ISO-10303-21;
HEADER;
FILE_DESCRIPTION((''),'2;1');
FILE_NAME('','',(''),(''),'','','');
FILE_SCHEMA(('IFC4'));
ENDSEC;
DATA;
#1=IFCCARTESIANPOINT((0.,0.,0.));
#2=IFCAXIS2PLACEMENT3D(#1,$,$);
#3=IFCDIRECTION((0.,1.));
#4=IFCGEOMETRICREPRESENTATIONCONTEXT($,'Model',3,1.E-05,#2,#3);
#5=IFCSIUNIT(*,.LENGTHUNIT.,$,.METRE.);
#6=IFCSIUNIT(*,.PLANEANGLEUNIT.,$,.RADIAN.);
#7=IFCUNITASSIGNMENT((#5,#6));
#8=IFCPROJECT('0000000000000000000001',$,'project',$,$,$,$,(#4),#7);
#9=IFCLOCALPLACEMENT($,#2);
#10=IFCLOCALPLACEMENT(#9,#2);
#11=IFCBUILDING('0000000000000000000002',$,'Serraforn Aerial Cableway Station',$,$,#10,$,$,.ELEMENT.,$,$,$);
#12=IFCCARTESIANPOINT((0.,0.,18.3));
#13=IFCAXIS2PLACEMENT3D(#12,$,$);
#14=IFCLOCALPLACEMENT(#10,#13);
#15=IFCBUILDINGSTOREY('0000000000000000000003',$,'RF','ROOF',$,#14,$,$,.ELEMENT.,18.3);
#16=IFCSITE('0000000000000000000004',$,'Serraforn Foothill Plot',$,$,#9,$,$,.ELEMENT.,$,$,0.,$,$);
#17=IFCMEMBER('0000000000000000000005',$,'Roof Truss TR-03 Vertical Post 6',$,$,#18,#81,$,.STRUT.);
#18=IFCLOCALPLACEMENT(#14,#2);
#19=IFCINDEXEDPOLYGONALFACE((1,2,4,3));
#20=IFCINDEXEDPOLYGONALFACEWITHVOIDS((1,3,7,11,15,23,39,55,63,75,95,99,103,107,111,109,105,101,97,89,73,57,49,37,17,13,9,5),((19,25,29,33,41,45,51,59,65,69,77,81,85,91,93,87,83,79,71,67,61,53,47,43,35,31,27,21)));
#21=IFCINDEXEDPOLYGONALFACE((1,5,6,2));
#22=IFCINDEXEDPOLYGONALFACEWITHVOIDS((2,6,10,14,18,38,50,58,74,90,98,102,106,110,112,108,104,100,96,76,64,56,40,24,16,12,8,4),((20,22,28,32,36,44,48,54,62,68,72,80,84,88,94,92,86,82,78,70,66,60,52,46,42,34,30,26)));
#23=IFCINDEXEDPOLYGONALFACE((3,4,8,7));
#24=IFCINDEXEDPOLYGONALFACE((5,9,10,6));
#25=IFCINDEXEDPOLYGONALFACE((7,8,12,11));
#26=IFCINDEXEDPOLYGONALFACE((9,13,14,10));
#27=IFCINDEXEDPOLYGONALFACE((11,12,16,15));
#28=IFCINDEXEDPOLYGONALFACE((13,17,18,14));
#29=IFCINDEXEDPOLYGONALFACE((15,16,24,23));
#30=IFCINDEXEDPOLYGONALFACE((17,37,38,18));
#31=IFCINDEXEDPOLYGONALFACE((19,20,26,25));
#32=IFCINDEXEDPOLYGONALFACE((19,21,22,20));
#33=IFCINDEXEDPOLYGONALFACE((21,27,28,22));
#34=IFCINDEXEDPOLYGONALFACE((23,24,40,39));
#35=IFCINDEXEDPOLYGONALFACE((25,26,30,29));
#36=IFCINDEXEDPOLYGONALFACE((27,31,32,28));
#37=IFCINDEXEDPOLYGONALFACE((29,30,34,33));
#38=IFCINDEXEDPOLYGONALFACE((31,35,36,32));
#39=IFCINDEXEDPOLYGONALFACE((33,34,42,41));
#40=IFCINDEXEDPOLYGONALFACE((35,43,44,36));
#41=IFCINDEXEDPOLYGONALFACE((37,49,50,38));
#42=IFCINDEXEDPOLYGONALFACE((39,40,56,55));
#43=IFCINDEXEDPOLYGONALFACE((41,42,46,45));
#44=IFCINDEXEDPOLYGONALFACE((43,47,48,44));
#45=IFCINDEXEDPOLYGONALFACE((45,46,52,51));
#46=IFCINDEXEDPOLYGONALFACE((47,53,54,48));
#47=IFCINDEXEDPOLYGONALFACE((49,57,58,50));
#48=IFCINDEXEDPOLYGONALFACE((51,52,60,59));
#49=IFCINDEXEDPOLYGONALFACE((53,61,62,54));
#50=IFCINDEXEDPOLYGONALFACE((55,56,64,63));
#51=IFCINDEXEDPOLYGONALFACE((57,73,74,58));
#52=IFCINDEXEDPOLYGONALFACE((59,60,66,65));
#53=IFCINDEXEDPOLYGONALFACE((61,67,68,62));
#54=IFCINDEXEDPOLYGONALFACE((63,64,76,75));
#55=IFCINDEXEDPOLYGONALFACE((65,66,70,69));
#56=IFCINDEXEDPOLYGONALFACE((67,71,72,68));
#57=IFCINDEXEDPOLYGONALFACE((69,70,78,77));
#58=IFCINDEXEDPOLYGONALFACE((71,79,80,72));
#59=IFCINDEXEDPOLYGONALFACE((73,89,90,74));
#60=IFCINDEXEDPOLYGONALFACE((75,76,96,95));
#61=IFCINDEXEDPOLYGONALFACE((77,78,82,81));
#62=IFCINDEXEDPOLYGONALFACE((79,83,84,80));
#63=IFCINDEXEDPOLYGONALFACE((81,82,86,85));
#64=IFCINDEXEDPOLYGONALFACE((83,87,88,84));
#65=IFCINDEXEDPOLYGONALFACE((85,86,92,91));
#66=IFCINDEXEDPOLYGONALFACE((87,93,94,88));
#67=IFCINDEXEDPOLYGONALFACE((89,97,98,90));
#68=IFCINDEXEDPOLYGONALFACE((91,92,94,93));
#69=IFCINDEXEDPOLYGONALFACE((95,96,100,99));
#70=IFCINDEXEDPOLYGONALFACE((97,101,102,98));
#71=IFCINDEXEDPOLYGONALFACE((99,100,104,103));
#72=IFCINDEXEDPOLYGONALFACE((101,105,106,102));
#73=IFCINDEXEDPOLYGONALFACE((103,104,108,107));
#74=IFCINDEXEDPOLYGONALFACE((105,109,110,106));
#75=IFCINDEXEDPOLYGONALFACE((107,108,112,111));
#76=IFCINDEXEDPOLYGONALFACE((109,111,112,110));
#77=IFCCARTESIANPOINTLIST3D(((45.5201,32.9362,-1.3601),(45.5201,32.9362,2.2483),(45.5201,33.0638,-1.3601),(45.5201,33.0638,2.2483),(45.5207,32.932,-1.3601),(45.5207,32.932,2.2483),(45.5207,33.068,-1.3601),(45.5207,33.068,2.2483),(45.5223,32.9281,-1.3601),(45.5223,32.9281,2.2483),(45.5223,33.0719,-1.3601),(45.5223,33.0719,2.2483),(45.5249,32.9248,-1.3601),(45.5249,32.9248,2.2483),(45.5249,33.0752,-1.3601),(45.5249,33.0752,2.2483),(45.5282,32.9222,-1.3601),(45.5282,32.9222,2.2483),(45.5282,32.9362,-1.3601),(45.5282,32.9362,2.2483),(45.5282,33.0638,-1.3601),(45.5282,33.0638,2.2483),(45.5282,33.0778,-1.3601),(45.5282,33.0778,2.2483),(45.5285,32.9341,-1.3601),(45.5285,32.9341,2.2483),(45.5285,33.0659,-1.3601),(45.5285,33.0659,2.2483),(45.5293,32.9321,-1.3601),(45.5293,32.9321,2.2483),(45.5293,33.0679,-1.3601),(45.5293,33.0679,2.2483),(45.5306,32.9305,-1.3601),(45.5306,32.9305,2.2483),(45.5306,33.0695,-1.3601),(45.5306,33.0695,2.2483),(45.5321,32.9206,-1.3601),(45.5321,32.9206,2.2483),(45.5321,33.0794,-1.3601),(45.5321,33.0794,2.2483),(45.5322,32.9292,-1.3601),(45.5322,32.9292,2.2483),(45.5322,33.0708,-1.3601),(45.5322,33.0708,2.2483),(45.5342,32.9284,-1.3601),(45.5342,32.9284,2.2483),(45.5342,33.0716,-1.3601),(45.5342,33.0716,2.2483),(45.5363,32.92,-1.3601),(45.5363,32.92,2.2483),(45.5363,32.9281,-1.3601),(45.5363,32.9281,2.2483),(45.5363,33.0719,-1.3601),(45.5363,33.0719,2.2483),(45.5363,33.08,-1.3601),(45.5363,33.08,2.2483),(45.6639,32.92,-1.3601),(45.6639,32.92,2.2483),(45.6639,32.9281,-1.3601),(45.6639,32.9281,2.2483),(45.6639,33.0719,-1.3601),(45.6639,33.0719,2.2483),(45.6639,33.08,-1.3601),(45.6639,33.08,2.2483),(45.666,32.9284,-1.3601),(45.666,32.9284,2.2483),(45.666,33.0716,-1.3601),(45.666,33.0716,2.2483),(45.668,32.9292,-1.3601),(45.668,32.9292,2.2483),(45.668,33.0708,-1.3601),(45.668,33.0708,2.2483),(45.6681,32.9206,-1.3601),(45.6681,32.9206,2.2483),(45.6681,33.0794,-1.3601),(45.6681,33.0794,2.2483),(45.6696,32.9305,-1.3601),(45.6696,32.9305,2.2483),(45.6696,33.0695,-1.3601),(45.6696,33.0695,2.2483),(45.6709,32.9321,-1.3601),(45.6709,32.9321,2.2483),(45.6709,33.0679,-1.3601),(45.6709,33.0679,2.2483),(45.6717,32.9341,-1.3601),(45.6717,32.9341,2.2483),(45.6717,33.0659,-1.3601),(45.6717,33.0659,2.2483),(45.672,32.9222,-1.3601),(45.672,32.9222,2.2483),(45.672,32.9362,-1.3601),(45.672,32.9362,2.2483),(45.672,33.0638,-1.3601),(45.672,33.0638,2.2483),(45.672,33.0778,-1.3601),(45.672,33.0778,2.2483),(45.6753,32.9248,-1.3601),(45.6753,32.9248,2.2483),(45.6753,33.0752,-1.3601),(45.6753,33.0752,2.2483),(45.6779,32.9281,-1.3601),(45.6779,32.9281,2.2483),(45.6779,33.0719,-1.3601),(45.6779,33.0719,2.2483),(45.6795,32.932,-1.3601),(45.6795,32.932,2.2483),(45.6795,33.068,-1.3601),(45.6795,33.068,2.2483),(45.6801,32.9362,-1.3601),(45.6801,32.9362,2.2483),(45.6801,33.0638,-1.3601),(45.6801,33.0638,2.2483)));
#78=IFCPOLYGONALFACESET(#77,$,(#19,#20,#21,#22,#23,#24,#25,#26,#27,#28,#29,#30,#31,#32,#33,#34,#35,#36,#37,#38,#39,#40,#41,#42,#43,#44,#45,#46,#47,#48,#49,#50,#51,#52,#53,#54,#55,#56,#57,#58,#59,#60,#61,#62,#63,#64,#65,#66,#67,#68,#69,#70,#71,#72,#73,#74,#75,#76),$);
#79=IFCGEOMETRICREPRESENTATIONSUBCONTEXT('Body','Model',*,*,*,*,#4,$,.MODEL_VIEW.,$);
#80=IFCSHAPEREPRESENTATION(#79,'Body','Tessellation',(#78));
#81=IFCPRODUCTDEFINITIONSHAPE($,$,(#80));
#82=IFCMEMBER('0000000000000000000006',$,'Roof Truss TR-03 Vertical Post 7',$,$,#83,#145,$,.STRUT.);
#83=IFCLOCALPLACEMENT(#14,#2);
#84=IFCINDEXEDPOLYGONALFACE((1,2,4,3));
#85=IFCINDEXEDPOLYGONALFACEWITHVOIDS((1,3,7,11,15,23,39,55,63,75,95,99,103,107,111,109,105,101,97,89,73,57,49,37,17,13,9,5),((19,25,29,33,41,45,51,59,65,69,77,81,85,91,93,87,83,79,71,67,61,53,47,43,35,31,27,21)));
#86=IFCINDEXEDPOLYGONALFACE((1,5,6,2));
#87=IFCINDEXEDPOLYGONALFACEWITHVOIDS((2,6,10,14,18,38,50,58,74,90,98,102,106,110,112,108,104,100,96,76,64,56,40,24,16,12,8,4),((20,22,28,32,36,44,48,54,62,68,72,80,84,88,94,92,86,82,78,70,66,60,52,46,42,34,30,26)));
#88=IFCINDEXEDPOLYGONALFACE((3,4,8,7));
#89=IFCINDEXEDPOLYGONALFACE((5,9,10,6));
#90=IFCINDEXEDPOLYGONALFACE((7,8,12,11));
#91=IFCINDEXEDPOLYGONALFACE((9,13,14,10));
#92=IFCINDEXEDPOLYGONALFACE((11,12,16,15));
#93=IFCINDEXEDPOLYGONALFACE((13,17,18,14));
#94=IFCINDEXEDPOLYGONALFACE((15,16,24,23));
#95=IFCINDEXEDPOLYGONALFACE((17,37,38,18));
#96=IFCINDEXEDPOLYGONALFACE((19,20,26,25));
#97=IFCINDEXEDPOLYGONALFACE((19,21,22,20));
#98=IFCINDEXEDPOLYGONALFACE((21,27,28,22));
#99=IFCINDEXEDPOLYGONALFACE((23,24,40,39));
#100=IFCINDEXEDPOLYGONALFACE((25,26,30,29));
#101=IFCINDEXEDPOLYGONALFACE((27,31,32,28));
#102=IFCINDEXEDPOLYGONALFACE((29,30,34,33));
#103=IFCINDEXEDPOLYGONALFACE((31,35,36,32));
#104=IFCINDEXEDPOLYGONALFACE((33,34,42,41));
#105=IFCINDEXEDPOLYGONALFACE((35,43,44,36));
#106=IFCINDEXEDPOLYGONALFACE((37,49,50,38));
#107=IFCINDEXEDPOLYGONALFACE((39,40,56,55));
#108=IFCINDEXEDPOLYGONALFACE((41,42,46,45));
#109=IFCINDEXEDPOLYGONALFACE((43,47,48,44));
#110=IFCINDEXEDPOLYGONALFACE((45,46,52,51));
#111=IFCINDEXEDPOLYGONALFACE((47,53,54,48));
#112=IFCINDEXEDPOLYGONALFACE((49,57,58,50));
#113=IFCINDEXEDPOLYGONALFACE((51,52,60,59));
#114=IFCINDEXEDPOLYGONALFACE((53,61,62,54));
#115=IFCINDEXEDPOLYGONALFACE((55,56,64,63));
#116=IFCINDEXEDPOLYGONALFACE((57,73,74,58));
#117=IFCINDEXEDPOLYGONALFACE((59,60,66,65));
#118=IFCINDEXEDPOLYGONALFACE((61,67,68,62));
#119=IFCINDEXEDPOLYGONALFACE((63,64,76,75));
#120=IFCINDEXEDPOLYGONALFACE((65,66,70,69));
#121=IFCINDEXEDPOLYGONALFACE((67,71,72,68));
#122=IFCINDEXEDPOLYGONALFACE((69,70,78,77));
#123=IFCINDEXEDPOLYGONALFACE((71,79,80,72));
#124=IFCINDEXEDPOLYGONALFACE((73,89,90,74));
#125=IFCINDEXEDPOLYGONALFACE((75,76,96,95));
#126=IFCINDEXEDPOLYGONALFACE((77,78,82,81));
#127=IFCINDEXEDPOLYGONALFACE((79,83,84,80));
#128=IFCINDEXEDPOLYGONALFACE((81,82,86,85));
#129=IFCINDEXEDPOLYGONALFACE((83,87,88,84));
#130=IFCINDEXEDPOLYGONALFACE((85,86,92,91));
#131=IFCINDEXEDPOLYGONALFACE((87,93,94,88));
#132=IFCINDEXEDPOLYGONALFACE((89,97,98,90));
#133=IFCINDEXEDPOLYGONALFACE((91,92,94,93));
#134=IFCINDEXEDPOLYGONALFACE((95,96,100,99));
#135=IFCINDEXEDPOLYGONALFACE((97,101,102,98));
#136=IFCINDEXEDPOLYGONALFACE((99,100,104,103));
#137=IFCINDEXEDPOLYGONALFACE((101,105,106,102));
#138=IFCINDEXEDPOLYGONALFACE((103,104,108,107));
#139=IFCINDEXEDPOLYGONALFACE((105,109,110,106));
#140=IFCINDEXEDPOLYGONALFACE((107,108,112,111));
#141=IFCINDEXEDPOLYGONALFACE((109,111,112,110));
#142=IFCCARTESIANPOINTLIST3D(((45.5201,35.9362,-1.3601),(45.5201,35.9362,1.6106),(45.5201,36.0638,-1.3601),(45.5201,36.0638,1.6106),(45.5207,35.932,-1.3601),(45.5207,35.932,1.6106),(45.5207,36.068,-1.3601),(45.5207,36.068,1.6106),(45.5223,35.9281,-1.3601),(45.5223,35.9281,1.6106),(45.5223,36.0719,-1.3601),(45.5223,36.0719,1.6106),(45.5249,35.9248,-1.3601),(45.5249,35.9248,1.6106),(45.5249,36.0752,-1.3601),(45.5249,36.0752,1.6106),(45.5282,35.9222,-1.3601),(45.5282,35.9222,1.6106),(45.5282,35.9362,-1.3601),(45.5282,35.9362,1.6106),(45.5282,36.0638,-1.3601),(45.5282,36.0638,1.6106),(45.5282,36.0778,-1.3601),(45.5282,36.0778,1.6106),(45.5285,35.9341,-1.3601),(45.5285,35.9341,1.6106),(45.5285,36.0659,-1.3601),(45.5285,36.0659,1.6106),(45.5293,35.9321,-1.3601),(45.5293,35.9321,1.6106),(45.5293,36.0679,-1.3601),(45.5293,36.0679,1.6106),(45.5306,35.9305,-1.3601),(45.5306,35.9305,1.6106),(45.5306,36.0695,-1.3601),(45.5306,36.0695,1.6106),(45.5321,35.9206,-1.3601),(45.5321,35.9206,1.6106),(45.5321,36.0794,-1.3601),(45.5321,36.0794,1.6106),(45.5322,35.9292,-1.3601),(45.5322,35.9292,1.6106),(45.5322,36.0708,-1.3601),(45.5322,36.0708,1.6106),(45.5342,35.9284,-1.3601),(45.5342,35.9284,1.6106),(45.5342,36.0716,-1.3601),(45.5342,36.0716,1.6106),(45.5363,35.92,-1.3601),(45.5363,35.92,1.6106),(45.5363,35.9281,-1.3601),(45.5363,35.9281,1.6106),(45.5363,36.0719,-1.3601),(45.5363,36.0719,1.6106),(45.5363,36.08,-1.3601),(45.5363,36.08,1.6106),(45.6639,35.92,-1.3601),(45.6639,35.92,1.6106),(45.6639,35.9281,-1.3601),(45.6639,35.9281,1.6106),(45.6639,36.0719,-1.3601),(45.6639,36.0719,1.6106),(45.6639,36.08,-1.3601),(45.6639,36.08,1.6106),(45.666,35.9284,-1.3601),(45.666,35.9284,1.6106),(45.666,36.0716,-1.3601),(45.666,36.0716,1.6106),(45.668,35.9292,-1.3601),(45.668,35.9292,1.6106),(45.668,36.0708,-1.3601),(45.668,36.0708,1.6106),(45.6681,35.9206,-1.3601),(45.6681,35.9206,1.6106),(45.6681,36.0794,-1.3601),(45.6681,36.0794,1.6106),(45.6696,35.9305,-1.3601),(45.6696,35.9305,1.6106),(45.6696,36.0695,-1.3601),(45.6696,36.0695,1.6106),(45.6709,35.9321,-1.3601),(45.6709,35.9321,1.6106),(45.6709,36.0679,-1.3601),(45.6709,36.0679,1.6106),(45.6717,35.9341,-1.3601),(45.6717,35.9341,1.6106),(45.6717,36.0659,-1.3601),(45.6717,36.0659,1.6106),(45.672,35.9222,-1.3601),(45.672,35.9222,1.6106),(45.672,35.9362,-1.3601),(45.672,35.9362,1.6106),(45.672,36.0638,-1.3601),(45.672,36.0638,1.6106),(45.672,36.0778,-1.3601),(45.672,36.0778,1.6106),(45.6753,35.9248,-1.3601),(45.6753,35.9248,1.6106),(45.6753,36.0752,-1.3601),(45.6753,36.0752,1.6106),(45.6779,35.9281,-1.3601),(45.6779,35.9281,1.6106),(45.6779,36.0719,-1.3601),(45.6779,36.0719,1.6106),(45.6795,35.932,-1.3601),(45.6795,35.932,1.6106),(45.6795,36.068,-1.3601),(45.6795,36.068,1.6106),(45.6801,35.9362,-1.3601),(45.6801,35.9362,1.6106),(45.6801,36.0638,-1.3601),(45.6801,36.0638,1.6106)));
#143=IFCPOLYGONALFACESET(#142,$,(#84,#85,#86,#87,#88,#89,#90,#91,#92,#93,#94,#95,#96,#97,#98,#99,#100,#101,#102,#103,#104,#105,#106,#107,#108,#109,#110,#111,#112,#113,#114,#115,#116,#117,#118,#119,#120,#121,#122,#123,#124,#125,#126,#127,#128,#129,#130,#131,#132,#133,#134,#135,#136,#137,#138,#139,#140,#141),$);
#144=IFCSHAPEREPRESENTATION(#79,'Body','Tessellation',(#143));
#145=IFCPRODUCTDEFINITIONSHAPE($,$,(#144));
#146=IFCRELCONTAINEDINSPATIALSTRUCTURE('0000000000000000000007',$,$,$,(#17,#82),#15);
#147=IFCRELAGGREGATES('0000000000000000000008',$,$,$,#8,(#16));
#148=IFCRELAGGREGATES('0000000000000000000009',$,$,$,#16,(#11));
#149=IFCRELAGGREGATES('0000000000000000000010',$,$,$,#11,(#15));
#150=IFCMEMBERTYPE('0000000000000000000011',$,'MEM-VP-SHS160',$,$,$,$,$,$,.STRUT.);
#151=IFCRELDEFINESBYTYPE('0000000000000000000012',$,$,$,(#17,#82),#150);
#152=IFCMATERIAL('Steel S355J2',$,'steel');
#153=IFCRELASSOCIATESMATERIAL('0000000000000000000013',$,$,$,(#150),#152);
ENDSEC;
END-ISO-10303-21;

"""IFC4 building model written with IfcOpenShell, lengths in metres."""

from ifc_helpers import new_model, si_unit, direction, frame, origin, origin_2d, place, context, subcontext, project, spatial, hollow_rectangle, extrude, material, material_profile, profile_set, type_object, element, save


model = new_model("IFC4")

# Units and contexts
model_context = context("Model", 3, precision=1e-05, world=origin(), true_north=direction((0.0, 1.0)))
body_context = subcontext(model_context, "Body", "Model", "MODEL_VIEW")
ifc_project = project(units=[si_unit("LENGTHUNIT", "METRE"), si_unit("PLANEANGLEUNIT", "RADIAN")], contexts=[model_context])

# Site, building, storey
site_placement = place(None, origin())
site = spatial("IfcSite", under=ifc_project, at=site_placement, Name="Serraforn Foothill Plot", CompositionType="ELEMENT", RefElevation=0.0)
building_placement = place(site_placement, origin())
building = spatial("IfcBuilding", under=site, at=building_placement, Name="Serraforn Aerial Cableway Station", CompositionType="ELEMENT")
storey_placement = place(building_placement, frame((0.0, 0.0, 18.3)))
storey = spatial("IfcBuildingStorey", under=building, at=storey_placement, Name="RF", Description="ROOF", CompositionType="ELEMENT", Elevation=18.3)

# Members
ifc_material_1 = material(Name="Steel S355J2", Category="steel")
ifc_material_profile_1 = material_profile(ifc_material_1, hollow_rectangle(XDim=0.1599, YDim=0.1599, WallThickness=0.0081, InnerFilletRadius=0.0081, OuterFilletRadius=0.0161, at=origin_2d()), Name="SHS 160x160x8.0")
ifc_profile_set_1 = profile_set([ifc_material_profile_1], Name="Steel S355J2")
member_type_1 = type_object("IfcMemberType", Name="MEM-VP-SHS160", PredefinedType="STRUT", material=ifc_profile_set_1)
member_1_placement = place(storey_placement, frame((45.6001, 33.0, -1.3601), z_axis=(0.0, 0.0, 1.0), x_axis=(1.0, 0.0, 0.0)))
element("IfcMember", 1, at=member_1_placement, inside=storey, type_object=member_type_1, Name="Roof Truss TR-03 Vertical Post 6", PredefinedType="STRUT", context=body_context, shape_type="SweptSolid", body=[
    extrude(hollow_rectangle(XDim=0.1599, YDim=0.1599, WallThickness=0.0081, InnerFilletRadius=0.0081, OuterFilletRadius=0.0161, at=origin_2d()), origin(), (0.0, 0.0, 1.0), 3.6084),
])
member_2_placement = place(storey_placement, frame((45.6001, 36.0, -1.3601), z_axis=(0.0, 0.0, 1.0), x_axis=(1.0, 0.0, 0.0)))
element("IfcMember", 2, at=member_2_placement, inside=storey, type_object=member_type_1, Name="Roof Truss TR-03 Vertical Post 7", PredefinedType="STRUT", context=body_context, shape_type="SweptSolid", body=[
    extrude(hollow_rectangle(XDim=0.1599, YDim=0.1599, WallThickness=0.0081, InnerFilletRadius=0.0081, OuterFilletRadius=0.0161, at=origin_2d()), origin(), (0.0, 0.0, 1.0), 2.9707),
])

save(model, "model.ifc")
